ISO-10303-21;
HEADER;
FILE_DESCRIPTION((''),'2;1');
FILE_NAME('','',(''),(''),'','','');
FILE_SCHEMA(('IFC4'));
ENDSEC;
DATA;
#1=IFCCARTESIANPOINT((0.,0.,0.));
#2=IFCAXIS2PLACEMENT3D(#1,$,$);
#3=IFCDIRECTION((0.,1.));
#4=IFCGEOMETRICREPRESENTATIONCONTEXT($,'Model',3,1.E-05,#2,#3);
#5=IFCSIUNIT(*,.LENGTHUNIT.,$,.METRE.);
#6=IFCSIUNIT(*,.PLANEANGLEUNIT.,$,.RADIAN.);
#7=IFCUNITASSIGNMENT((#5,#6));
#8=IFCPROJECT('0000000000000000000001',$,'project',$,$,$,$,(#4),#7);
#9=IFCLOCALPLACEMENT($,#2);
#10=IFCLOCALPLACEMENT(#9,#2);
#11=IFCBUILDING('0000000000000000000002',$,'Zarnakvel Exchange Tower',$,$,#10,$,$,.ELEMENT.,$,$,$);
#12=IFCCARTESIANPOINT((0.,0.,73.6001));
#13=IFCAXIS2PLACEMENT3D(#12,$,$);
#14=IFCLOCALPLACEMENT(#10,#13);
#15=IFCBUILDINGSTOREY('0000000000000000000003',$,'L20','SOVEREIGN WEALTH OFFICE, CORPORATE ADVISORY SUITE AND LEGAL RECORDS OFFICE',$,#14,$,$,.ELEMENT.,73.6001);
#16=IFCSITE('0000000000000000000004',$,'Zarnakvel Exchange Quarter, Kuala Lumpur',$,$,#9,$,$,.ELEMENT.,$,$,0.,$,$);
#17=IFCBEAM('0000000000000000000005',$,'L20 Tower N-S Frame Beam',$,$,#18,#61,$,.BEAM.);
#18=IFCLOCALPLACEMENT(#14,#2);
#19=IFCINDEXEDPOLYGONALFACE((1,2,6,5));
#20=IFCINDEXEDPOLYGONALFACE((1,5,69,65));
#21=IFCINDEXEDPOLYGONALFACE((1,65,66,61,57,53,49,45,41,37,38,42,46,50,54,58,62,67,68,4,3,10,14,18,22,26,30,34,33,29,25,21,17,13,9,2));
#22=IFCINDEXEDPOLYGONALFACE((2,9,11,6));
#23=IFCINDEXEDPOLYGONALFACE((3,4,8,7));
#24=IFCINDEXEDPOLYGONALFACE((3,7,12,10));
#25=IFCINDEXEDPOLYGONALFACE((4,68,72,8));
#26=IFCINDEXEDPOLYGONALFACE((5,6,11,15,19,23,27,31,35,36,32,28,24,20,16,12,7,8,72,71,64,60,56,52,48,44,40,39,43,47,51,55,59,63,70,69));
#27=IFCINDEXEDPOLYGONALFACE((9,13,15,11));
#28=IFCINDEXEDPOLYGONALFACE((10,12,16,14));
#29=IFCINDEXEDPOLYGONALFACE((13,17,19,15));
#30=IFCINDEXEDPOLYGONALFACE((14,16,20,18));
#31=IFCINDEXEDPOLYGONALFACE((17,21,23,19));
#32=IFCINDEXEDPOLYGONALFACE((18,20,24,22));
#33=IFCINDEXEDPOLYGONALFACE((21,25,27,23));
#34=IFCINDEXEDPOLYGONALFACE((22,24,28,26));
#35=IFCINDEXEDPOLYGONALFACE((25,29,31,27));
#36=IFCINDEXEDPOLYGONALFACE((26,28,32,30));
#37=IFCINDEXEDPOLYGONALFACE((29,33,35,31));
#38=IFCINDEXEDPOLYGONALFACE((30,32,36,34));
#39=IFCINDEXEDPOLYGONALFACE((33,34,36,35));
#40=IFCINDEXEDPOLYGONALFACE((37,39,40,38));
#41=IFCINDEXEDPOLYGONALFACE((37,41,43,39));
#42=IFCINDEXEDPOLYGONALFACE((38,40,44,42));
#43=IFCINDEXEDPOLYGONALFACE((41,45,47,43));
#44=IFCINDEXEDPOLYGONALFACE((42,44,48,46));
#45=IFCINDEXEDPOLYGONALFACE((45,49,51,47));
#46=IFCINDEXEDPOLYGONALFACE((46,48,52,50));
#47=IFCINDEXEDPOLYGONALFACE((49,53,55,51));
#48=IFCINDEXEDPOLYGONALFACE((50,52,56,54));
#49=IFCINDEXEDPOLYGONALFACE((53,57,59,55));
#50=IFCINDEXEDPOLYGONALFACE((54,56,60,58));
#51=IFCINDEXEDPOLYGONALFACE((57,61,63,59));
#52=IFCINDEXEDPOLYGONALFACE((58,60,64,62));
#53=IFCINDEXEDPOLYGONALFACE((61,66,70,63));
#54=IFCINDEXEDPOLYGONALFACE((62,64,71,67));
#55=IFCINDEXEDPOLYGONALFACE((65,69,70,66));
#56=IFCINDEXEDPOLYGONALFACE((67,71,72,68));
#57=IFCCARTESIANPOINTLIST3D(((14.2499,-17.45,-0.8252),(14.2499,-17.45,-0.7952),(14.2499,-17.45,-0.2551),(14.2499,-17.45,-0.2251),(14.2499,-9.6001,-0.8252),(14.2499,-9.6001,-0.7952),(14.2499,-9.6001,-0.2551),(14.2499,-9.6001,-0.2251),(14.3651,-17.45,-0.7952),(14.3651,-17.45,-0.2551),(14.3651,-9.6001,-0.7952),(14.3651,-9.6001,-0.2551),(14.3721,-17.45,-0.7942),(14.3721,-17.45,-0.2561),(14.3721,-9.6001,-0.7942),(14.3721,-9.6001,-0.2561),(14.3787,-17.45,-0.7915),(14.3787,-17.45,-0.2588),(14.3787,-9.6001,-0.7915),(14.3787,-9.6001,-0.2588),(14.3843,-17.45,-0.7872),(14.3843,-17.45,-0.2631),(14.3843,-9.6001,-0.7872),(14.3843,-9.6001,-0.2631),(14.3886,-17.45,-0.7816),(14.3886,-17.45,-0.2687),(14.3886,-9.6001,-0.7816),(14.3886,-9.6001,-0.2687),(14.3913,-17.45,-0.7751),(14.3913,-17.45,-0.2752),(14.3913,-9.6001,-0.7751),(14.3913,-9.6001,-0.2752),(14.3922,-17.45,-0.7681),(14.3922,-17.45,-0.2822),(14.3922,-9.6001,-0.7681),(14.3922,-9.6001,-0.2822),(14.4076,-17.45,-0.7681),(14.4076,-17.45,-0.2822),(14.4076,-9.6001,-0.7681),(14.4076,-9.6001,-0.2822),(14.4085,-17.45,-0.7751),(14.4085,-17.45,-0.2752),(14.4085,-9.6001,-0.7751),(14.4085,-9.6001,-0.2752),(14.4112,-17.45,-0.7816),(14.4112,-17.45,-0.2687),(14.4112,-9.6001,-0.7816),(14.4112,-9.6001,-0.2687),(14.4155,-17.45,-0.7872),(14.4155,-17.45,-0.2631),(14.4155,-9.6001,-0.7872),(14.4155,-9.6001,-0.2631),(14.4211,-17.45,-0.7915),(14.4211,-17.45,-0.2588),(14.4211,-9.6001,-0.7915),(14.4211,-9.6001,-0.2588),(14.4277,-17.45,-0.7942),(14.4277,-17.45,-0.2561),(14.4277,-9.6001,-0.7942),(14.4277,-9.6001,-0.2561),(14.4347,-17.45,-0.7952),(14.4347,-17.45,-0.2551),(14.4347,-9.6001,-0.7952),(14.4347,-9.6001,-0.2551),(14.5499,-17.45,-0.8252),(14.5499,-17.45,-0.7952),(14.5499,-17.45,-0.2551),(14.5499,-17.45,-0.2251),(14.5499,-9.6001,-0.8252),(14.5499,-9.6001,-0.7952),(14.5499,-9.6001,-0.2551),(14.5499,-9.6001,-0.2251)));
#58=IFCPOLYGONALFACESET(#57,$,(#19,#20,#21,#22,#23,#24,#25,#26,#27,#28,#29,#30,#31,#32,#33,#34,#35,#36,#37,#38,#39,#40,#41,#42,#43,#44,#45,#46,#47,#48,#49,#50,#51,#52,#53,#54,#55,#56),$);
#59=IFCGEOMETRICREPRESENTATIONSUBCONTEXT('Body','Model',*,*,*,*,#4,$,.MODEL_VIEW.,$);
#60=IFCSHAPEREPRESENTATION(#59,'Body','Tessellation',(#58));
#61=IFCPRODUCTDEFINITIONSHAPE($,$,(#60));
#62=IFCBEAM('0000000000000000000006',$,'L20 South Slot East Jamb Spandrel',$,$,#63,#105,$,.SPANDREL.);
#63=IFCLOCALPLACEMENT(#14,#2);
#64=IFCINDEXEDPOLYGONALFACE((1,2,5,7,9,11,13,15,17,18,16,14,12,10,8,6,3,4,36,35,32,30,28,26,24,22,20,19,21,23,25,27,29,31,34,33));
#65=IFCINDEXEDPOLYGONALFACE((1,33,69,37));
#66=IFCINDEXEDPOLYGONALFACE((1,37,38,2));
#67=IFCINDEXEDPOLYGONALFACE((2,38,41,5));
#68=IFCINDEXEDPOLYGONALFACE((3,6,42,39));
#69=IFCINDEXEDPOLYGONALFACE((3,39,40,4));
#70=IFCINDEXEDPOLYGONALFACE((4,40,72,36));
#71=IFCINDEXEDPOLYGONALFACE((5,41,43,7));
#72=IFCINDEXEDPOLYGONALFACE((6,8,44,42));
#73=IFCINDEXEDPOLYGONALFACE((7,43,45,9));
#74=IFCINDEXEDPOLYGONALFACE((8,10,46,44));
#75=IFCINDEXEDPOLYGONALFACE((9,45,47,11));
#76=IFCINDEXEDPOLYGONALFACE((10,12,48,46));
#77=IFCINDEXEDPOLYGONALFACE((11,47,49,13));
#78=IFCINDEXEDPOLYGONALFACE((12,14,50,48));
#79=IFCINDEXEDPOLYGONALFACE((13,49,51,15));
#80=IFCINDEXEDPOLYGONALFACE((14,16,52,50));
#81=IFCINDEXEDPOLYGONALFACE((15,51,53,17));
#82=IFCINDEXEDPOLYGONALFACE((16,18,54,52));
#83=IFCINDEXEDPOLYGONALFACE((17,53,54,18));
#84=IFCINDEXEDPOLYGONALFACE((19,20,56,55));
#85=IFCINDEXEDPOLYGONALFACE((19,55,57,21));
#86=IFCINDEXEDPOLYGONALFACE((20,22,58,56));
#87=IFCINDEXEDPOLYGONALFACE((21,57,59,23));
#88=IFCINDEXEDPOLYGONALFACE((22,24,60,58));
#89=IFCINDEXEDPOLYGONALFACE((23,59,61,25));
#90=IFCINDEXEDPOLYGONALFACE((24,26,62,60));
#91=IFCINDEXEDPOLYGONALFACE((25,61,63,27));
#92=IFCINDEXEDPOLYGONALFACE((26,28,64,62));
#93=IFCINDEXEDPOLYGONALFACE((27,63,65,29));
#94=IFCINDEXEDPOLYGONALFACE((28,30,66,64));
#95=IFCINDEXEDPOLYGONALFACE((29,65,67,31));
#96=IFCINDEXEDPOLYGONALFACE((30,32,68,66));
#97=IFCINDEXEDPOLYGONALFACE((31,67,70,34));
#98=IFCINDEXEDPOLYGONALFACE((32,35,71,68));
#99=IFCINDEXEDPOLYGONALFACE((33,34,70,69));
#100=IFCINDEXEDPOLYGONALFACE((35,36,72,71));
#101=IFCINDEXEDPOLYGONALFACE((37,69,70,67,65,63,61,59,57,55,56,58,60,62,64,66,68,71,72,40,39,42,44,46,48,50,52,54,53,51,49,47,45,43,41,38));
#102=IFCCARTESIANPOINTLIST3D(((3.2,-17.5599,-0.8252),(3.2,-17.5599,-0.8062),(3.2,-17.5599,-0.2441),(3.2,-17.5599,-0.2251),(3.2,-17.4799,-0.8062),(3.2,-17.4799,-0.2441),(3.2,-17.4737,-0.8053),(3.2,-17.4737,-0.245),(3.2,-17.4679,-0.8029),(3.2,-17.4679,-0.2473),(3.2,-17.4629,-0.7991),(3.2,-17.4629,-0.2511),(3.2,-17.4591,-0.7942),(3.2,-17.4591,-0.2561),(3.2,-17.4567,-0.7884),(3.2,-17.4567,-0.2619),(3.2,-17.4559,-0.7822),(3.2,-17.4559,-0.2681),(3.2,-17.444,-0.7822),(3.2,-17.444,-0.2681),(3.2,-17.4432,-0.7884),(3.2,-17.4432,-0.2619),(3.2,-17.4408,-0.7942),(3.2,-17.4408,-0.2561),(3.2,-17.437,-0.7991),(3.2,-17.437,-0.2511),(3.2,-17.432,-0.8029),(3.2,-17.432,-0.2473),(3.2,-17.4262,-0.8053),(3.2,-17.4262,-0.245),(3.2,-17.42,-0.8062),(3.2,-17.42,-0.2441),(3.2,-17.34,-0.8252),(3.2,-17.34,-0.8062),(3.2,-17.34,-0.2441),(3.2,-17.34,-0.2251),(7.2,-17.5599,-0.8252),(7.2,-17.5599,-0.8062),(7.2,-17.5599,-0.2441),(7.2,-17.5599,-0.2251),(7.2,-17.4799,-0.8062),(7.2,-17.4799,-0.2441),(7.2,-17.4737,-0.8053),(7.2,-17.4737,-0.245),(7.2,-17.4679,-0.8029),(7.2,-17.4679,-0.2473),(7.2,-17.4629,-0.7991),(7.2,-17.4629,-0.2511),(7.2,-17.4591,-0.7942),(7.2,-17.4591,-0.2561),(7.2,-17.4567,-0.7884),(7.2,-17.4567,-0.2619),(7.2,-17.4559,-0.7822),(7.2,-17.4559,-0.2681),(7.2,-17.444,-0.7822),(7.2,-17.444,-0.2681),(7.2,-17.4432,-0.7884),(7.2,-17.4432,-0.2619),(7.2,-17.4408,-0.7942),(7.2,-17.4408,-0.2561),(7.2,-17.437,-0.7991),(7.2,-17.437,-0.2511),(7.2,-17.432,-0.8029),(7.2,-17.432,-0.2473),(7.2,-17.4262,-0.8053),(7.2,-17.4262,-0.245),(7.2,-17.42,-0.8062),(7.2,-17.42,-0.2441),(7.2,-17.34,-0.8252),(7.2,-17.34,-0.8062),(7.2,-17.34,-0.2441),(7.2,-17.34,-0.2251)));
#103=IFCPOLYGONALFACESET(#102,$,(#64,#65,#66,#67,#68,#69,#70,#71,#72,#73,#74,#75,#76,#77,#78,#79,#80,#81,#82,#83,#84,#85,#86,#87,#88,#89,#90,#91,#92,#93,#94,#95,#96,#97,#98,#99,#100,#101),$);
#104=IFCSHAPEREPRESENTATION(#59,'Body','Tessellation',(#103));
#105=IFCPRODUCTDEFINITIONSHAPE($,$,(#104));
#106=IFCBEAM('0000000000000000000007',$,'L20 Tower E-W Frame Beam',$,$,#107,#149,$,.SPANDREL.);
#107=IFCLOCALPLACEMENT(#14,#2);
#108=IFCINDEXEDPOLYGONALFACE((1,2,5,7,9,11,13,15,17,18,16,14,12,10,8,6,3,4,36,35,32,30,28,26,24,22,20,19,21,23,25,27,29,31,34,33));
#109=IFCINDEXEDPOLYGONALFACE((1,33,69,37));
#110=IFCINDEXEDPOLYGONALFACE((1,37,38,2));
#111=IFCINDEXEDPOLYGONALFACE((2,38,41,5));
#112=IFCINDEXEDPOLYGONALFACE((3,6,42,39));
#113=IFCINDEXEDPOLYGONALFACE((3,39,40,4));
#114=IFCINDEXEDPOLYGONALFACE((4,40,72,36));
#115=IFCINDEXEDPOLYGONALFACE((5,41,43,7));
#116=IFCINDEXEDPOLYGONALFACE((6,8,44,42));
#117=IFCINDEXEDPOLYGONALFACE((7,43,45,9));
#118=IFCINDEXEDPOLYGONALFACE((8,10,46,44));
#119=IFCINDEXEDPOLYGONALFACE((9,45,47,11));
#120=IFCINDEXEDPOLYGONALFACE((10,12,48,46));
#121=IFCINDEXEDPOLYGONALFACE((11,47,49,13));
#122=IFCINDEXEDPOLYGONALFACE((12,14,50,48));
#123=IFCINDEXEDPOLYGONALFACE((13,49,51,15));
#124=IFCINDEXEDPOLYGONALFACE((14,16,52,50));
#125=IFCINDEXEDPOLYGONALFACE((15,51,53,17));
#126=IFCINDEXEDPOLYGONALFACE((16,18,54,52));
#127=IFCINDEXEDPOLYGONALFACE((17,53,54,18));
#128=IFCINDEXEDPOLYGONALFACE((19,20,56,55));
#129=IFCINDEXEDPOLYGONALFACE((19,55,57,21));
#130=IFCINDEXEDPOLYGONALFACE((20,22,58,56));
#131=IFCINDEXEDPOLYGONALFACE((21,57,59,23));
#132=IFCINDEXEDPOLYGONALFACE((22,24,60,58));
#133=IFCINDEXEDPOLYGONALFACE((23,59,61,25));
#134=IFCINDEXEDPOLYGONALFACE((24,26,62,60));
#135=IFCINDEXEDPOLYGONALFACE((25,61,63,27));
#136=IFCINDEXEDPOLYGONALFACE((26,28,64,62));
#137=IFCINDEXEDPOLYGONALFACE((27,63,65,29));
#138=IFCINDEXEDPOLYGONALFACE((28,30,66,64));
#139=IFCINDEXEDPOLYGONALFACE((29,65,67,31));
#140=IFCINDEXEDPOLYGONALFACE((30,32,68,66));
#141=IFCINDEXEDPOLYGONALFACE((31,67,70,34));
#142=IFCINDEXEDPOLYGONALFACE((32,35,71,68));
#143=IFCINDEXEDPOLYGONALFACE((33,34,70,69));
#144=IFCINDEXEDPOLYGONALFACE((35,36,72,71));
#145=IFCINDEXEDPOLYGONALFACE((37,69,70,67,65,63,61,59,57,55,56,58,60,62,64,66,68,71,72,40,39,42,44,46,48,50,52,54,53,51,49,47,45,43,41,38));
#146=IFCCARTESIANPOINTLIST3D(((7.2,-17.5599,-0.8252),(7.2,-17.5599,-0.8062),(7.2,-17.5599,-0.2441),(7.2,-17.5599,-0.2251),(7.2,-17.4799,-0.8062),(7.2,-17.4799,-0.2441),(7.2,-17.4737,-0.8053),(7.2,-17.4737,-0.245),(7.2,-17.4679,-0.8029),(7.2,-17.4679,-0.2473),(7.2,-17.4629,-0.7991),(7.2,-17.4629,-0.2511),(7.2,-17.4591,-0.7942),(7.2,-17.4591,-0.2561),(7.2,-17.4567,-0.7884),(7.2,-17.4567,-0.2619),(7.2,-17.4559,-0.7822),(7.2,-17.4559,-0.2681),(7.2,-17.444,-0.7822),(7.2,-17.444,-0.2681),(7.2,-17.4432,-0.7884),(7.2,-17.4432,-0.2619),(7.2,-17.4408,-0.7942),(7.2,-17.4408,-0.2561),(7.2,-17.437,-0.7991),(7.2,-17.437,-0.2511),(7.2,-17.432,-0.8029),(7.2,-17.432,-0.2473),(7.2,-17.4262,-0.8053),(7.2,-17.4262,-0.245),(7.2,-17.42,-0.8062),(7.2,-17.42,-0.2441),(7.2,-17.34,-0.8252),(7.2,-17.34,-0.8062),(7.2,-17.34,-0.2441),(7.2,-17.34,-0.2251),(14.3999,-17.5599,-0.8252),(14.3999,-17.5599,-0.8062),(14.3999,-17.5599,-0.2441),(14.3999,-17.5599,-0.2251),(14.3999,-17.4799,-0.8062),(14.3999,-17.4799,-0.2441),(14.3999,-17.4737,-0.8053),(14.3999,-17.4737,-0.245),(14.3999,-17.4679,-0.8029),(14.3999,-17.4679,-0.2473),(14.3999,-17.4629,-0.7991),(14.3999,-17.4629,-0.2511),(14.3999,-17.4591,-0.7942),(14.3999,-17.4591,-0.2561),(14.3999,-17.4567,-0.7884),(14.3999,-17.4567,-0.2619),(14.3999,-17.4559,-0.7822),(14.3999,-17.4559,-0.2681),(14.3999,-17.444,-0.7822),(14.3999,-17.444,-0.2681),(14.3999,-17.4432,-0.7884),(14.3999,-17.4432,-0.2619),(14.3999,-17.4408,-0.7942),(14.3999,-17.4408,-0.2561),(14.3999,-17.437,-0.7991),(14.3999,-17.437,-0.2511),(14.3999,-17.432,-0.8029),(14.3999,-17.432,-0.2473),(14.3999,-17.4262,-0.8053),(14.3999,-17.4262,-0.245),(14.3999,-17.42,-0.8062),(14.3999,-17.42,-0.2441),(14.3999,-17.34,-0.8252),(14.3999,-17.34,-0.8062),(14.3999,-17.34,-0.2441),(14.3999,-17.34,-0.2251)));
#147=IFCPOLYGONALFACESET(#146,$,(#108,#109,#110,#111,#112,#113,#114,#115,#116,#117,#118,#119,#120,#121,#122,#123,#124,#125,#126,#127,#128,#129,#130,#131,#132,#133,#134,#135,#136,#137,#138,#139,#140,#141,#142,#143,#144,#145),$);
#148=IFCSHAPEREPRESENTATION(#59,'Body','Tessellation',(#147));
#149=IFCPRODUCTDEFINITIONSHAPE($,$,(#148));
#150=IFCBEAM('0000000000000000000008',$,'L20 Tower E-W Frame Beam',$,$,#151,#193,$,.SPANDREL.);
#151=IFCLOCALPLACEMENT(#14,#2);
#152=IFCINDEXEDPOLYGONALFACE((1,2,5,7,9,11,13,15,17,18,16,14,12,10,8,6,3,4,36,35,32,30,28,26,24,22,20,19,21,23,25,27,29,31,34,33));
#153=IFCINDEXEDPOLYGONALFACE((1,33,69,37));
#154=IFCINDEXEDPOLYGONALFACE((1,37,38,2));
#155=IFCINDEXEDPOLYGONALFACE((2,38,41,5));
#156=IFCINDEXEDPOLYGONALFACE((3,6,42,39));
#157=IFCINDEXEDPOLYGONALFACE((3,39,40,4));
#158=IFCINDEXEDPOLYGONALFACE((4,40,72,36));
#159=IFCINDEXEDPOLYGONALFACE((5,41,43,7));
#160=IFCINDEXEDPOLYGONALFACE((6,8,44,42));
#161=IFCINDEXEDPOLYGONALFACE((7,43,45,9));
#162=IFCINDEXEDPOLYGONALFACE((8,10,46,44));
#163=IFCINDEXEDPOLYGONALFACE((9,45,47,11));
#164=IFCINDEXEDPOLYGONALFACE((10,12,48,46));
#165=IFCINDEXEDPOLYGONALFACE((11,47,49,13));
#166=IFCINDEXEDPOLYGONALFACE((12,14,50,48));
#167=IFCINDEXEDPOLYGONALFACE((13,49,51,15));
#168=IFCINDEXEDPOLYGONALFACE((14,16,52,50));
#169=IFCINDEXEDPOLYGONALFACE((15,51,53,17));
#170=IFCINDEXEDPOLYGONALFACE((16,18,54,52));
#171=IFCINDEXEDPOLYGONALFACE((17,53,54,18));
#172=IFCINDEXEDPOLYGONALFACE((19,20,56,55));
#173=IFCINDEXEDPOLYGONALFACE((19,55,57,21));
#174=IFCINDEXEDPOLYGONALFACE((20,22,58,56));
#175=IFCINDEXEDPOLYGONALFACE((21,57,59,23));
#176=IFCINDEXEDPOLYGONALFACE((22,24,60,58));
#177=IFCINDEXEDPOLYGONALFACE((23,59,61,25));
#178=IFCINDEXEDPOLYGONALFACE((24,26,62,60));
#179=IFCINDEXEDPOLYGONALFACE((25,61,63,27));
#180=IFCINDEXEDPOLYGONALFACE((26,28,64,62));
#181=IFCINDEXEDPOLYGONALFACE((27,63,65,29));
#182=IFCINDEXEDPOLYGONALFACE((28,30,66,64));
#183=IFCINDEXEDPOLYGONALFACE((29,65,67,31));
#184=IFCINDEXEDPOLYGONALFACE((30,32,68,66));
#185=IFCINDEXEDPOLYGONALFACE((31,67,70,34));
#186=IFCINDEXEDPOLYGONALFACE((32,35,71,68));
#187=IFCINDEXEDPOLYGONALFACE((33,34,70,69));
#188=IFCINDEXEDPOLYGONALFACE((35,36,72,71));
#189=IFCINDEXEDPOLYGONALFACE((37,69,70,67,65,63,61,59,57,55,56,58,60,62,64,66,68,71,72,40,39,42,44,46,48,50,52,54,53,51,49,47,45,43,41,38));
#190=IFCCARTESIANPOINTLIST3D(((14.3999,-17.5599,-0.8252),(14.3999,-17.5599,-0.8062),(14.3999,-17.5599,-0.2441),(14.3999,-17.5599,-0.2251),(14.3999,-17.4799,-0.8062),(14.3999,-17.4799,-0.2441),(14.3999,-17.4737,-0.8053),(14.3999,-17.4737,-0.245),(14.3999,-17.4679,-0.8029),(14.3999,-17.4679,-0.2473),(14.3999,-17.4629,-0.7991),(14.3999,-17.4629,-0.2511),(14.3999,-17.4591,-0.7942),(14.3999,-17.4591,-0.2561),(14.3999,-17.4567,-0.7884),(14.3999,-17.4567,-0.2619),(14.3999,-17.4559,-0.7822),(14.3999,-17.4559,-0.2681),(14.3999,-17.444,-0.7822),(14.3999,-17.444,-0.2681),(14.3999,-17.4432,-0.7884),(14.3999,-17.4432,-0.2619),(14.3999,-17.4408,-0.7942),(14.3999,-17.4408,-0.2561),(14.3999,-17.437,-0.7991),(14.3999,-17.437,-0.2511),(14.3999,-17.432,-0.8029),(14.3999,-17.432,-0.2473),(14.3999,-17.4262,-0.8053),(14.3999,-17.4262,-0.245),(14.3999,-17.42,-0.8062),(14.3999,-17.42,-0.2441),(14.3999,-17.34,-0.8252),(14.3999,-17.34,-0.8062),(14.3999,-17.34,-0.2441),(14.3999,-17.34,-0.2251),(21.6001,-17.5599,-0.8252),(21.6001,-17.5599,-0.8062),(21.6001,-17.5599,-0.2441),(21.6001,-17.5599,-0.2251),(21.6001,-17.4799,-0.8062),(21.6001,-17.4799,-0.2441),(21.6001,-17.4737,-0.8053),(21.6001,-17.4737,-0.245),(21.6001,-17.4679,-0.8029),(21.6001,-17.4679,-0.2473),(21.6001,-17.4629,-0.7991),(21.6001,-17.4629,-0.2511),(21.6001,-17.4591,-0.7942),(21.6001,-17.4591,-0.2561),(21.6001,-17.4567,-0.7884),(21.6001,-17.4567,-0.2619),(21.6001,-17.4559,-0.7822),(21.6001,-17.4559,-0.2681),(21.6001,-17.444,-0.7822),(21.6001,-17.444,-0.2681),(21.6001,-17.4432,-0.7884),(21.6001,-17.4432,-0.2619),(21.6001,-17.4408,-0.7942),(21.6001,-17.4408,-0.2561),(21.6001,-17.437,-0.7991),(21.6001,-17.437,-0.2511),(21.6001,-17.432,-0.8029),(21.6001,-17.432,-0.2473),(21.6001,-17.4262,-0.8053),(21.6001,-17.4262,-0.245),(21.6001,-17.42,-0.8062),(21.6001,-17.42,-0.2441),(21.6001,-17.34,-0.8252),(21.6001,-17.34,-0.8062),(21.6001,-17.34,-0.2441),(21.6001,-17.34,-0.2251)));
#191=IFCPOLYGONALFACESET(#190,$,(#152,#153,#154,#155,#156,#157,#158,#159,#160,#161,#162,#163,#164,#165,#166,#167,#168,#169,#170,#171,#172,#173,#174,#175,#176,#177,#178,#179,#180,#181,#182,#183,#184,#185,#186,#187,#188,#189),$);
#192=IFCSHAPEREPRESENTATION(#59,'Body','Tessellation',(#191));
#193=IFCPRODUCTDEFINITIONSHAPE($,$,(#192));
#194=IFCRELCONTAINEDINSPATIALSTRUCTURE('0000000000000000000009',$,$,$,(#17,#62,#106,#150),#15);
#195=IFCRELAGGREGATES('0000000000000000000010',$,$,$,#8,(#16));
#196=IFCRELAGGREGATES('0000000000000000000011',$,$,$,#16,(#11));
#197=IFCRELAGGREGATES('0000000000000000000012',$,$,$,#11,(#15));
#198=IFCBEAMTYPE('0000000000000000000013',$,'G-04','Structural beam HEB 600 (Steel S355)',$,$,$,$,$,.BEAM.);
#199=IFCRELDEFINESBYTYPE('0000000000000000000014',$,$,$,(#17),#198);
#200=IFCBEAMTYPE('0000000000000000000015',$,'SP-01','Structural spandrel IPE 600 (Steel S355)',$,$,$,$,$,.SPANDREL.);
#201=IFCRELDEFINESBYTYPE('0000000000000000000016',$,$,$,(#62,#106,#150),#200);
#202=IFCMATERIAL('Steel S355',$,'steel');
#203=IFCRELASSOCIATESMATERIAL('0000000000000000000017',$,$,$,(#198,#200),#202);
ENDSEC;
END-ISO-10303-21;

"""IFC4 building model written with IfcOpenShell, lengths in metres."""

from ifc_helpers import new_model, si_unit, direction, frame, origin, origin_2d, place, context, subcontext, project, spatial, i_section, extrude, material, material_profile, profile_set, type_object, element, save


model = new_model("IFC4")

# Units and contexts
model_context = context("Model", 3, precision=1e-05, world=origin(), true_north=direction((0.0, 1.0)))
body_context = subcontext(model_context, "Body", "Model", "MODEL_VIEW")
ifc_project = project(units=[si_unit("LENGTHUNIT", "METRE"), si_unit("PLANEANGLEUNIT", "RADIAN")], contexts=[model_context])

# Site, building, storey
site_placement = place(None, origin())
site = spatial("IfcSite", under=ifc_project, at=site_placement, Name="Zarnakvel Exchange Quarter, Kuala Lumpur", CompositionType="ELEMENT", RefElevation=0.0)
building_placement = place(site_placement, origin())
building = spatial("IfcBuilding", under=site, at=building_placement, Name="Zarnakvel Exchange Tower", CompositionType="ELEMENT")
storey_placement = place(building_placement, frame((0.0, 0.0, 73.6001)))
storey = spatial("IfcBuildingStorey", under=building, at=storey_placement, Name="L20", Description="SOVEREIGN WEALTH OFFICE, CORPORATE ADVISORY SUITE AND LEGAL RECORDS OFFICE", CompositionType="ELEMENT", Elevation=73.6001)

# Beams
ifc_material_1 = material(Name="Steel S355", Category="steel")
ifc_material_profile_1 = material_profile(ifc_material_1, i_section(OverallWidth=0.3, OverallDepth=0.6001, WebThickness=0.0154, FlangeThickness=0.03, FilletRadius=0.0271, at=origin_2d()))
ifc_profile_set_1 = profile_set([ifc_material_profile_1], Name="Steel S355")
beam_type_1 = type_object("IfcBeamType", Name="G-04", Description="Structural beam HEB 600 (Steel S355)", PredefinedType="BEAM", material=ifc_profile_set_1)
for number, where, z_axis, x_axis, name in (
    (1, (14.3999, -17.45, -0.5251), (0.0, 1.0, 0.0), (-1.0, 0.0, 0.0), "L20 Tower N-S Frame Beam"),
):
    element("IfcBeam", number, at=place(storey_placement, frame(where, z_axis=z_axis, x_axis=x_axis)), inside=storey, type_object=beam_type_1, Name=name, PredefinedType="BEAM", context=body_context, shape_type="SweptSolid", body=[
        extrude(i_section(OverallWidth=0.3, OverallDepth=0.6001, WebThickness=0.0154, FlangeThickness=0.03, FilletRadius=0.0271, at=origin_2d()), origin(), (0.0, 0.0, 1.0), 7.8499),
    ])
ifc_material_profile_2 = material_profile(ifc_material_1, i_section(OverallWidth=0.22, OverallDepth=0.6001, WebThickness=0.012, FlangeThickness=0.019, FilletRadius=0.0239, at=origin_2d()))
ifc_profile_set_2 = profile_set([ifc_material_profile_2], Name="Steel S355")
beam_type_2 = type_object("IfcBeamType", Name="SP-01", Description="Structural spandrel IPE 600 (Steel S355)", PredefinedType="SPANDREL", material=ifc_profile_set_2)
beam_1_placement = place(storey_placement, frame((3.2, -17.45, -0.5251), z_axis=(1.0, 0.0, 0.0), x_axis=(0.0, 1.0, 0.0)))
element("IfcBeam", 2, at=beam_1_placement, inside=storey, type_object=beam_type_2, Name="L20 South Slot East Jamb Spandrel", PredefinedType="SPANDREL", context=body_context, shape_type="SweptSolid", body=[
    extrude(i_section(OverallWidth=0.22, OverallDepth=0.6001, WebThickness=0.012, FlangeThickness=0.019, FilletRadius=0.0239, at=origin_2d()), origin(), (0.0, 0.0, 1.0), 4.0),
])
beam_2_placement = place(storey_placement, frame((7.2, -17.45, -0.5251), z_axis=(1.0, 0.0, 0.0), x_axis=(0.0, 1.0, 0.0)))
element("IfcBeam", 3, at=beam_2_placement, inside=storey, type_object=beam_type_2, Name="L20 Tower E-W Frame Beam", PredefinedType="SPANDREL", context=body_context, shape_type="SweptSolid", body=[
    extrude(i_section(OverallWidth=0.22, OverallDepth=0.6001, WebThickness=0.012, FlangeThickness=0.019, FilletRadius=0.0239, at=origin_2d()), origin(), (0.0, 0.0, 1.0), 7.2),
])
beam_3_placement = place(storey_placement, frame((14.3999, -17.45, -0.5251), z_axis=(1.0, 0.0, 0.0), x_axis=(0.0, 1.0, 0.0)))
element("IfcBeam", 4, at=beam_3_placement, inside=storey, type_object=beam_type_2, Name="L20 Tower E-W Frame Beam", PredefinedType="SPANDREL", context=body_context, shape_type="SweptSolid", body=[
    extrude(i_section(OverallWidth=0.22, OverallDepth=0.6001, WebThickness=0.012, FlangeThickness=0.019, FilletRadius=0.0239, at=origin_2d()), origin(), (0.0, 0.0, 1.0), 7.2002),
])

save(model, "model.ifc")
